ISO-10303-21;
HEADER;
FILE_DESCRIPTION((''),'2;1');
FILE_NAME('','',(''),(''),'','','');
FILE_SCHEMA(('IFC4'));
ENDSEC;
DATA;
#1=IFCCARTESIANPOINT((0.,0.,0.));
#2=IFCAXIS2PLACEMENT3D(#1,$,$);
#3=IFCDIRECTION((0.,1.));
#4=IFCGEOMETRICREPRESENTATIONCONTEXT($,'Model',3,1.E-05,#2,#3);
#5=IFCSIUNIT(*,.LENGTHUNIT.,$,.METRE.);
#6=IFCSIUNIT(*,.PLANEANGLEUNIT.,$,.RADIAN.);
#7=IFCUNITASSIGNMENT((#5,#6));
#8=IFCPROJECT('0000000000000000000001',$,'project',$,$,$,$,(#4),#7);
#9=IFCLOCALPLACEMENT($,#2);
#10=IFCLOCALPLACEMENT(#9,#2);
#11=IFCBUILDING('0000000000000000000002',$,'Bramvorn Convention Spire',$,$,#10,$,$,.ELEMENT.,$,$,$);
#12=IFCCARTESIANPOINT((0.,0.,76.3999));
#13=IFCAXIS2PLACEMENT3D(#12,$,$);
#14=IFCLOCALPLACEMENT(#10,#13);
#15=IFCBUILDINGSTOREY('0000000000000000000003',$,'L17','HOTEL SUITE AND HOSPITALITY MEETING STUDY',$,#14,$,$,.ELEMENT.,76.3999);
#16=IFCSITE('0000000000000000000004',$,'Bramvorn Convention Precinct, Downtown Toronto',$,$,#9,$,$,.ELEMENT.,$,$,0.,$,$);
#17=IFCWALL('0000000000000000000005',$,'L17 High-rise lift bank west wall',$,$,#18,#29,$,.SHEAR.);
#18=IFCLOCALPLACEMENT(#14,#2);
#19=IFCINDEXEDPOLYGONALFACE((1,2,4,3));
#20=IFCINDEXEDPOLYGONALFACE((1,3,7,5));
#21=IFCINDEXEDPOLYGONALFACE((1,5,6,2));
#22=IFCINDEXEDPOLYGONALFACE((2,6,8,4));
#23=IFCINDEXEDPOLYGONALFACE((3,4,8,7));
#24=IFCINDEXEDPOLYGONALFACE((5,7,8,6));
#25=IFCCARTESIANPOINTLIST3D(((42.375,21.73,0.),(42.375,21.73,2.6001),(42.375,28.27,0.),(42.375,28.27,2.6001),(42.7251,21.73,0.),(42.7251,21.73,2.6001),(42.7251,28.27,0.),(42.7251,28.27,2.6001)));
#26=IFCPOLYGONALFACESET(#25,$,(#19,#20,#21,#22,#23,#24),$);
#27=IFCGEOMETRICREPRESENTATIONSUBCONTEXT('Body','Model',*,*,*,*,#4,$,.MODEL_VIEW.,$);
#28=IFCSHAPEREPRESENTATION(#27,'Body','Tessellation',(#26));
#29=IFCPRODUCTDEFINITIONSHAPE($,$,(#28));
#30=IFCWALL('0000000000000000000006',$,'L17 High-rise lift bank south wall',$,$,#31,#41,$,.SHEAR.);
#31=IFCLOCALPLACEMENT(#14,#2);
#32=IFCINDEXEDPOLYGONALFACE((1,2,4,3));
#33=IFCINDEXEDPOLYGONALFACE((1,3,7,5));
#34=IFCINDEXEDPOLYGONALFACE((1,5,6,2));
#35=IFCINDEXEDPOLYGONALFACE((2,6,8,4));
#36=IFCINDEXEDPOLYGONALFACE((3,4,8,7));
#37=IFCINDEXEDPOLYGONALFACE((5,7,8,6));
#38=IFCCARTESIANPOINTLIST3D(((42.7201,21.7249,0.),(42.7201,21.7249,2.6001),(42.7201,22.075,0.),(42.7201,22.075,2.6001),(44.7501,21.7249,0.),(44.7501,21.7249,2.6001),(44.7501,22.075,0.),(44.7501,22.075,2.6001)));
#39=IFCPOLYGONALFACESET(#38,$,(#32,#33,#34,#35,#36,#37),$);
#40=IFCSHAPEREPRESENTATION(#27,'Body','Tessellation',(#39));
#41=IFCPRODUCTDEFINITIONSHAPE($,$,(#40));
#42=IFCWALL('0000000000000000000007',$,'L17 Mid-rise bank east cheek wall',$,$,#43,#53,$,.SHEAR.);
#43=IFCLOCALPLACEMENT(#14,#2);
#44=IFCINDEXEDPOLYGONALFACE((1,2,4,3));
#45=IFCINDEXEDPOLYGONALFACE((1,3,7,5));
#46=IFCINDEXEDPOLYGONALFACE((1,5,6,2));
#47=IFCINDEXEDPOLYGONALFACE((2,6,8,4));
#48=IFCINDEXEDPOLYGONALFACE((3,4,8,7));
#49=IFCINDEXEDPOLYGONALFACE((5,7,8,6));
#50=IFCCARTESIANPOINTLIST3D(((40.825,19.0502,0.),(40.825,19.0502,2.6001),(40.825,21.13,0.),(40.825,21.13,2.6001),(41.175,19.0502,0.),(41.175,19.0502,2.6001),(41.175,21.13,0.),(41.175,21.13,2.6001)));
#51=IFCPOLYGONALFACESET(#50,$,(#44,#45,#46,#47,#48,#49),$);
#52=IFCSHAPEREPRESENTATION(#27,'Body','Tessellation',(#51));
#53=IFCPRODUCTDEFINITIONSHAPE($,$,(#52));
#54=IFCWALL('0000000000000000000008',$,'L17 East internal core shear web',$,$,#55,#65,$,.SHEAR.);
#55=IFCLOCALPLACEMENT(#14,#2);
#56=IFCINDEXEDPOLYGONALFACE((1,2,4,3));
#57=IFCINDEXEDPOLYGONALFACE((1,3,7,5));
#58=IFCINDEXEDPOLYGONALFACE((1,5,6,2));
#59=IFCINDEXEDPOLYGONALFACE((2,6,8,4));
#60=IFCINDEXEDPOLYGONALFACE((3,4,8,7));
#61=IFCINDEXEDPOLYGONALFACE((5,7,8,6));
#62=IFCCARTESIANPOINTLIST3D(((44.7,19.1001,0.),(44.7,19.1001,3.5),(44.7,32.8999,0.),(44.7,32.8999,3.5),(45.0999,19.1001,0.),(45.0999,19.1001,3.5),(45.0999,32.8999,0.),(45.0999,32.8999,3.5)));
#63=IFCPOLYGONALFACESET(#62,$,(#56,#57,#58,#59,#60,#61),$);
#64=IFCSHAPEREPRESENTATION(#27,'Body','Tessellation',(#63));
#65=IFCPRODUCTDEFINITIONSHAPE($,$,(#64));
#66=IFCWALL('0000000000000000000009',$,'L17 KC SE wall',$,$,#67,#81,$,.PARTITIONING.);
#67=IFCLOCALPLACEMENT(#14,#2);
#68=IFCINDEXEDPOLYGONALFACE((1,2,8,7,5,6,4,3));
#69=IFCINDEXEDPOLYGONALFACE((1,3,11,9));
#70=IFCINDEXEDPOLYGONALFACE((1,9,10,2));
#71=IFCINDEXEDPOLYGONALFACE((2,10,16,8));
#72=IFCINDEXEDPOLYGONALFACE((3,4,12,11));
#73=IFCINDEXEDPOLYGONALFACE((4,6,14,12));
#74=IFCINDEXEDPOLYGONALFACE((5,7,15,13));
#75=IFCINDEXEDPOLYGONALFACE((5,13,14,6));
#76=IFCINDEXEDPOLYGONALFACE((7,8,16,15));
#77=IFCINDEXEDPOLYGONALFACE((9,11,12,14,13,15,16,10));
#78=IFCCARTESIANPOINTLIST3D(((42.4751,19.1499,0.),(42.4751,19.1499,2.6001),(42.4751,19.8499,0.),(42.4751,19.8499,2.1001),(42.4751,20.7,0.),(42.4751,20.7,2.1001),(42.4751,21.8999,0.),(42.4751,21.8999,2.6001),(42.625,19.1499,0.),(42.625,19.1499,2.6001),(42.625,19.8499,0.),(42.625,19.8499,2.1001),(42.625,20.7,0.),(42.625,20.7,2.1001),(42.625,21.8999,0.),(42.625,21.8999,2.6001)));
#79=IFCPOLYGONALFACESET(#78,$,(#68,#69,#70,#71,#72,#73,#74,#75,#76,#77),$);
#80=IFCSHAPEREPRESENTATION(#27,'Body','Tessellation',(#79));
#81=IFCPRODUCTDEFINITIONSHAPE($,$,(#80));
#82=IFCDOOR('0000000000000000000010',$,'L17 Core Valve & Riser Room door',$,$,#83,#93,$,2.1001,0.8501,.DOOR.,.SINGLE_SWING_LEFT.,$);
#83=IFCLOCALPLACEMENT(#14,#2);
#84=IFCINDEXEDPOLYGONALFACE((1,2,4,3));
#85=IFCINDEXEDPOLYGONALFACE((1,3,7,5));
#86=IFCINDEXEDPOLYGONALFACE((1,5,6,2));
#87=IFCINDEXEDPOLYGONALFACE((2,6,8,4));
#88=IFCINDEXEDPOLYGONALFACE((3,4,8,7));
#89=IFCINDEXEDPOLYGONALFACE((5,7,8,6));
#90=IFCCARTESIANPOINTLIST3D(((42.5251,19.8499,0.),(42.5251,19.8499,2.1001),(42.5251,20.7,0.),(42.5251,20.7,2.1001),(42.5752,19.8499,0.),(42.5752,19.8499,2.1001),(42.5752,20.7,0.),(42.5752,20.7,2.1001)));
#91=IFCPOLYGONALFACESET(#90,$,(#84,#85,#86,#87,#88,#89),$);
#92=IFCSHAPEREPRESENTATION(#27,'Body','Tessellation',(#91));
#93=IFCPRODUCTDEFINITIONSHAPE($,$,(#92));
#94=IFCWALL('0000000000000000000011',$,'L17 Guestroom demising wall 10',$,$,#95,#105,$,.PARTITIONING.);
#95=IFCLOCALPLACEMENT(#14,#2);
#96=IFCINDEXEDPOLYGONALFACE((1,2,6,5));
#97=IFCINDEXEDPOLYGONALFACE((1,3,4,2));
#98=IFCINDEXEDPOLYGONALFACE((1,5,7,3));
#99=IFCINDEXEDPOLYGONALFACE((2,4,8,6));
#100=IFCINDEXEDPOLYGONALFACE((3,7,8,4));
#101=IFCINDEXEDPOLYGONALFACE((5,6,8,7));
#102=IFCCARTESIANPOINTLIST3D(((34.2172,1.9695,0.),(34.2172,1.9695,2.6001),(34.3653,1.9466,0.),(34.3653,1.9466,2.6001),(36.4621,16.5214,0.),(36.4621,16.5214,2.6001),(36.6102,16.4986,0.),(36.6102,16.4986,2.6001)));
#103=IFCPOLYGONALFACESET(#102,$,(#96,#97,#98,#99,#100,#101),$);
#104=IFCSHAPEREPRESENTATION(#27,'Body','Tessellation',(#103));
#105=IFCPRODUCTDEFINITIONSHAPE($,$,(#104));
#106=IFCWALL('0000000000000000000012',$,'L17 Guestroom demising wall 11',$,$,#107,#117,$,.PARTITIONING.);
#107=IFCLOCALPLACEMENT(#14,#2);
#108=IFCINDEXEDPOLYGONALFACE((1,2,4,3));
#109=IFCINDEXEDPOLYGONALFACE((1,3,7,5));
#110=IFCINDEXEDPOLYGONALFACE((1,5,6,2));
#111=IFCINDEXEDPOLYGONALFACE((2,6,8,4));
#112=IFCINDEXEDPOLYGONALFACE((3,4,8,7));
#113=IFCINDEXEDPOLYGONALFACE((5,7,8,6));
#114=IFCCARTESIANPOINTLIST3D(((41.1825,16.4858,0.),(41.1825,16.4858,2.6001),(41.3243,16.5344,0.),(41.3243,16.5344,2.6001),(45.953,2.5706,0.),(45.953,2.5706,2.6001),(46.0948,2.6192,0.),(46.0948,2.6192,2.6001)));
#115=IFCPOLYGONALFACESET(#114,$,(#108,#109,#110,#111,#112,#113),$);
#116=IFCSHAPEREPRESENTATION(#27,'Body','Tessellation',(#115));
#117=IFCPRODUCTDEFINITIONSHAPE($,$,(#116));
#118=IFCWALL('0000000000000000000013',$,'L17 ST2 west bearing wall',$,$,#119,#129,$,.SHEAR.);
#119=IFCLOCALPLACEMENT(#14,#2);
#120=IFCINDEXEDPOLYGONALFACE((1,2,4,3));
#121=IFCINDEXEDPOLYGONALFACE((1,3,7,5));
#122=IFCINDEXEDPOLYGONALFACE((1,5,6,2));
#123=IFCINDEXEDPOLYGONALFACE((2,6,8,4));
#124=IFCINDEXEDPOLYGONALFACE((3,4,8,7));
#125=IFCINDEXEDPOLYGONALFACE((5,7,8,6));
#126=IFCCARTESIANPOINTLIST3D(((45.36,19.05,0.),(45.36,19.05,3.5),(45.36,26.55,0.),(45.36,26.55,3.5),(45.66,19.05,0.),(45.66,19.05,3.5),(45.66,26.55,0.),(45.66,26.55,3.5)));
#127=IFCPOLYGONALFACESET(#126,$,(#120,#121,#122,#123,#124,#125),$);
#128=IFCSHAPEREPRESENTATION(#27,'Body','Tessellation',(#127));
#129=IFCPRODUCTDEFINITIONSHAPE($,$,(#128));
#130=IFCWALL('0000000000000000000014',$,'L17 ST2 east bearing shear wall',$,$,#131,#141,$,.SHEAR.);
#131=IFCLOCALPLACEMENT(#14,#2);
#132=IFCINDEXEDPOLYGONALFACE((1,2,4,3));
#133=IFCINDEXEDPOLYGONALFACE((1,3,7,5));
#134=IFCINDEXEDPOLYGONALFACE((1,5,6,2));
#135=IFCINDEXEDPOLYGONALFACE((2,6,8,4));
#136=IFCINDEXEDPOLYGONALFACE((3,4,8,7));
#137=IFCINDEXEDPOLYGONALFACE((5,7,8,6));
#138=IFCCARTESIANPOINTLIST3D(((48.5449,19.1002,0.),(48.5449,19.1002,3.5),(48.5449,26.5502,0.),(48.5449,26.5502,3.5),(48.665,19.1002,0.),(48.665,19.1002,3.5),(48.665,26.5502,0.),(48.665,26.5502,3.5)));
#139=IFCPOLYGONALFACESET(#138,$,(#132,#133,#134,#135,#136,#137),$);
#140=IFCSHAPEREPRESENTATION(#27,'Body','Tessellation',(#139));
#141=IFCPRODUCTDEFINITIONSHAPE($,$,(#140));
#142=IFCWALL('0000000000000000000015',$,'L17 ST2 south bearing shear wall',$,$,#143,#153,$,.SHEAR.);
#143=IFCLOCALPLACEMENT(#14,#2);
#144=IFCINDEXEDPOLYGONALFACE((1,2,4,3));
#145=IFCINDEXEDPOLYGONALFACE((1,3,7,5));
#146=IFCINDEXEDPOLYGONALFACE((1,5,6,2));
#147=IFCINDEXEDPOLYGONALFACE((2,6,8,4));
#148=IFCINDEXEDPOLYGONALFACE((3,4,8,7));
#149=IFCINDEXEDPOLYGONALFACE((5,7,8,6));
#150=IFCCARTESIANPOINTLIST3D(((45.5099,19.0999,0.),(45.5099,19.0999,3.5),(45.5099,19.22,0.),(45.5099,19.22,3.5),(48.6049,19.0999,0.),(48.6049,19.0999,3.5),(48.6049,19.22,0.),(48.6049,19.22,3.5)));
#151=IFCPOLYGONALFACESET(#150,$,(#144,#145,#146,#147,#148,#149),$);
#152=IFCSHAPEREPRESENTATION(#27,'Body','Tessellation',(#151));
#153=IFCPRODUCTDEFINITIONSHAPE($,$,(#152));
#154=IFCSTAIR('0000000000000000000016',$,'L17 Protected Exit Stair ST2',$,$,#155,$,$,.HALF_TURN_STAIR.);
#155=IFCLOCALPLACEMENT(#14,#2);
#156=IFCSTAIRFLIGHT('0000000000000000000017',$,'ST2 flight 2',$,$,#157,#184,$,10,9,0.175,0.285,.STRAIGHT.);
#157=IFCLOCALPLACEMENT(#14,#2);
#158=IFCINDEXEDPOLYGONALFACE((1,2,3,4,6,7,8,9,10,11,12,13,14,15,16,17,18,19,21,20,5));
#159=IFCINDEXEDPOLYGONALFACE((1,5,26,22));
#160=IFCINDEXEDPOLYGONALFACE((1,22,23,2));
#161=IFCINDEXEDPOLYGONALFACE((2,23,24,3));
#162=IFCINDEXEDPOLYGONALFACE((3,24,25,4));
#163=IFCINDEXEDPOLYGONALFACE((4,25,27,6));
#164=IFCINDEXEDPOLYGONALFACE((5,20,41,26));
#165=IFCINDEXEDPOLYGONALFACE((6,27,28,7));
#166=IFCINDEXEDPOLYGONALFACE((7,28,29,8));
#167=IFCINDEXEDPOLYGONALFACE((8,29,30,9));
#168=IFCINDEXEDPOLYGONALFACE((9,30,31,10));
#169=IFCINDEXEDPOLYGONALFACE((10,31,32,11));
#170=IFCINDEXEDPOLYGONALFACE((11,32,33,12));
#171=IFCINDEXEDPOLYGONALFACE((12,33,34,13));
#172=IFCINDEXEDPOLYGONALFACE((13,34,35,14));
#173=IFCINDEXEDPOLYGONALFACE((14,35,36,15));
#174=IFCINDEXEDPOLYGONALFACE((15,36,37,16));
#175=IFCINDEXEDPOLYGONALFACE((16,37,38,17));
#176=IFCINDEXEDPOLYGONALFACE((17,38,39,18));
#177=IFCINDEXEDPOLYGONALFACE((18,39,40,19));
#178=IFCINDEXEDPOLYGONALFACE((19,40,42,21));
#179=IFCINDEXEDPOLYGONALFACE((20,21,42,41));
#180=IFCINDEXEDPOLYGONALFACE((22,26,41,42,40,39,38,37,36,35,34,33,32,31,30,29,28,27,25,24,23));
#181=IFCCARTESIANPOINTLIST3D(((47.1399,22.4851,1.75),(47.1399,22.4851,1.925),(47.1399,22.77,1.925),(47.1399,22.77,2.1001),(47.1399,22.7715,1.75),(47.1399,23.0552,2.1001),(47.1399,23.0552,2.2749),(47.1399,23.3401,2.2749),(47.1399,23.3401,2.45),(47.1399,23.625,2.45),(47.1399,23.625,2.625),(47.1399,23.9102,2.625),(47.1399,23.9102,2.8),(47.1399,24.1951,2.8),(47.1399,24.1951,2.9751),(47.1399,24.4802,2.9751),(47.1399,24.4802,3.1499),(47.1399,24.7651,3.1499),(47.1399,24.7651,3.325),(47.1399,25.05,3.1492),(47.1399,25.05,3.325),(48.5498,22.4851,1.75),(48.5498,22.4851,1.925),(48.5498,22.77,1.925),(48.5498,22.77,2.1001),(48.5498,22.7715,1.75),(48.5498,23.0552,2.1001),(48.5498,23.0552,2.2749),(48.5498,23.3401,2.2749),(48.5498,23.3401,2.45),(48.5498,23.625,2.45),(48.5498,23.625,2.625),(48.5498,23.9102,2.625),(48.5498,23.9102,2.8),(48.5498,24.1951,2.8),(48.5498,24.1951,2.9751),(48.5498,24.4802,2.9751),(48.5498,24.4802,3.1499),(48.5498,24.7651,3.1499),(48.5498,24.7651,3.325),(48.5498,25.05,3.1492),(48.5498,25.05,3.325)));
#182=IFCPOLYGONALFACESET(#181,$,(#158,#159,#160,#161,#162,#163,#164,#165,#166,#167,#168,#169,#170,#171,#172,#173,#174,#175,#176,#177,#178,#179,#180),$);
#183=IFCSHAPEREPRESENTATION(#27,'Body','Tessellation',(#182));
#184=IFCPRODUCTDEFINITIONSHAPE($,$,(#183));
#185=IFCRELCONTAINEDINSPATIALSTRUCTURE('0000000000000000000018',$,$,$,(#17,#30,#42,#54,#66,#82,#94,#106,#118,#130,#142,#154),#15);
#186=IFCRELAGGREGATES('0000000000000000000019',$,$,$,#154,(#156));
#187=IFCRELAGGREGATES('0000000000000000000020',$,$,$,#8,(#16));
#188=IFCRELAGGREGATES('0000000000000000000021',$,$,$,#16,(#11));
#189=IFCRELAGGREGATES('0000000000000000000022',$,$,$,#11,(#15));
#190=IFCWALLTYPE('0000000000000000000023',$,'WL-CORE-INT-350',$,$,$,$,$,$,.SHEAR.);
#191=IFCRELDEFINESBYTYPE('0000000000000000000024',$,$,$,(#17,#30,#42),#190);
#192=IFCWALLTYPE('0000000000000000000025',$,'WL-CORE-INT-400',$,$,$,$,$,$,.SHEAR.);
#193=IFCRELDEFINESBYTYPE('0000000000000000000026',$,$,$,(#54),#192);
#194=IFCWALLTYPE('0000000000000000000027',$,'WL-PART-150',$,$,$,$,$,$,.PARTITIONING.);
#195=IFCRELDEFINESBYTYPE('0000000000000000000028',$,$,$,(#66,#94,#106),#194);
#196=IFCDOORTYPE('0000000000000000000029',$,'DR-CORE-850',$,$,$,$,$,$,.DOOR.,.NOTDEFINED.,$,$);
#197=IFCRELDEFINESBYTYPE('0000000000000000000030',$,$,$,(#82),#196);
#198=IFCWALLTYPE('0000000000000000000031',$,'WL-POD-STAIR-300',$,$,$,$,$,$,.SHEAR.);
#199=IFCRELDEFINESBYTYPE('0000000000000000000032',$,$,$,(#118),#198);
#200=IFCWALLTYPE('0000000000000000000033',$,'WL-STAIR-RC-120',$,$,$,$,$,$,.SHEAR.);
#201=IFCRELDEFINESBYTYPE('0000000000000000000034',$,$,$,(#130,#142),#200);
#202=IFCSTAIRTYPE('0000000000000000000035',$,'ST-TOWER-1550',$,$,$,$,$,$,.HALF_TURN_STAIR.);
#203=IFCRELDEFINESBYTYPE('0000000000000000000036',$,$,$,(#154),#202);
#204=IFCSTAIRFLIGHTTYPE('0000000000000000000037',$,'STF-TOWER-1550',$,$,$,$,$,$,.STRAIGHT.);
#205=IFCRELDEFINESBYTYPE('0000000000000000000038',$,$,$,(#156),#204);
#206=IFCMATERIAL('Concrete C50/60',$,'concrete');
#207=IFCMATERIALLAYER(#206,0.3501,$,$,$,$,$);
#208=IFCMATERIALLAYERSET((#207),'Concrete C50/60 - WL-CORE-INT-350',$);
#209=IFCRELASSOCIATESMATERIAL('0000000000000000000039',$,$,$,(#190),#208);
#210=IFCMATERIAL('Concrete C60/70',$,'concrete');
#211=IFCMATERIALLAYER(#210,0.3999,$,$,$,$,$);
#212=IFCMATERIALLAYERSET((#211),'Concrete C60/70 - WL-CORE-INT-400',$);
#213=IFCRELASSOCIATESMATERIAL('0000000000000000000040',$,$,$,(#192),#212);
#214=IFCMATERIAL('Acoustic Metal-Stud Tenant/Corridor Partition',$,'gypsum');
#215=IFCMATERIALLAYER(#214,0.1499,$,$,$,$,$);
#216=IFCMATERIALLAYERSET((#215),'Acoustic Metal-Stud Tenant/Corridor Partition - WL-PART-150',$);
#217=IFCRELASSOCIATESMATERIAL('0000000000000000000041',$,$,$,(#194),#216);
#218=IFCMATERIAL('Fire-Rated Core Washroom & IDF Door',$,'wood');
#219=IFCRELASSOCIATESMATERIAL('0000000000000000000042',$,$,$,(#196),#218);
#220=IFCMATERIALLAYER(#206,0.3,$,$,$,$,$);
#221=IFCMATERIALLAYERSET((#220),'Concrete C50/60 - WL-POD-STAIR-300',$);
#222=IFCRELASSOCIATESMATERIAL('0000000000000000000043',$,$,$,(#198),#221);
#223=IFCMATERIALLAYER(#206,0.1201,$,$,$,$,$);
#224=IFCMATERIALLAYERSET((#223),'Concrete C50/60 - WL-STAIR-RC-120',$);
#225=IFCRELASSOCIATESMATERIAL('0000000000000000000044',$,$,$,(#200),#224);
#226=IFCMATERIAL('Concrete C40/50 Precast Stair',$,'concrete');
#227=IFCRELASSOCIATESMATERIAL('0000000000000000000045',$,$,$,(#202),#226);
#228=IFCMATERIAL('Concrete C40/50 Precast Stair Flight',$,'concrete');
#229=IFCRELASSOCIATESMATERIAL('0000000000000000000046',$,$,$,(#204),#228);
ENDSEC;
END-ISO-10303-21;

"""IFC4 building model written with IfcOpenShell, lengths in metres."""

from ifc_helpers import new_model, si_unit, direction, frame, frame_2d, origin, place, context, subcontext, project, spatial, polyline, rectangle, outline, extrude, material, layer, layer_set, type_object, element, fill, aggregate, save


model = new_model("IFC4")

# Units and contexts
model_context = context("Model", 3, precision=1e-05, world=origin(), true_north=direction((0.0, 1.0)))
body_context = subcontext(model_context, "Body", "Model", "MODEL_VIEW")
ifc_project = project(units=[si_unit("LENGTHUNIT", "METRE"), si_unit("PLANEANGLEUNIT", "RADIAN")], contexts=[model_context])

# Site, building, storey
site_placement = place(None, origin())
site = spatial("IfcSite", under=ifc_project, at=site_placement, Name="Bramvorn Convention Precinct, Downtown Toronto", CompositionType="ELEMENT", RefElevation=0.0)
building_placement = place(site_placement, origin())
building = spatial("IfcBuilding", under=site, at=building_placement, Name="Bramvorn Convention Spire", CompositionType="ELEMENT")
storey_placement = place(building_placement, frame((0.0, 0.0, 76.3999)))
storey = spatial("IfcBuildingStorey", under=building, at=storey_placement, Name="L17", Description="HOTEL SUITE AND HOSPITALITY MEETING STUDY", CompositionType="ELEMENT", Elevation=76.3999)

# Walls
ifc_material_1 = material(Name="Concrete C50/60", Category="concrete")
ifc_layer_1 = layer(ifc_material_1, 0.3501)
ifc_layer_set_1 = layer_set([ifc_layer_1], Name="Concrete C50/60 - WL-CORE-INT-350")
wall_type_1 = type_object("IfcWallType", Name="WL-CORE-INT-350", PredefinedType="SHEAR", material=ifc_layer_set_1)
wall_1_placement = place(storey_placement, frame((42.55, 21.73, 0.0), z_axis=(0.0, 0.0, 1.0), x_axis=(0.0, 1.0, 0.0)))
element("IfcWall", 1, at=wall_1_placement, inside=storey, type_object=wall_type_1, Name="L17 High-rise lift bank west wall", PredefinedType="SHEAR", context=body_context, shape_type="SweptSolid", body=[
    extrude(rectangle(XDim=6.54, YDim=0.3501, at=frame_2d((3.27, 0.0))), origin(), (0.0, 0.0, 1.0), 2.6001),
])
wall_2_placement = place(storey_placement, frame((42.72, 21.8999, 0.0), z_axis=(0.0, 0.0, 1.0), x_axis=(1.0, 0.0, 0.0)))
element("IfcWall", 2, at=wall_2_placement, inside=storey, type_object=wall_type_1, Name="L17 High-rise lift bank south wall", PredefinedType="SHEAR", context=body_context, shape_type="SweptSolid", body=[
    extrude(rectangle(XDim=2.03, YDim=0.3501, at=frame_2d((1.0151, 0.0))), origin(), (0.0, 0.0, 1.0), 2.6001),
])
wall_3_placement = place(storey_placement, frame((41.0, 19.05, 0.0), z_axis=(0.0, 0.0, 1.0), x_axis=(0.0, 1.0, 0.0)))
element("IfcWall", 3, at=wall_3_placement, inside=storey, type_object=wall_type_1, Name="L17 Mid-rise bank east cheek wall", PredefinedType="SHEAR", context=body_context, shape_type="SweptSolid", body=[
    extrude(rectangle(XDim=2.0798, YDim=0.3501, at=frame_2d((1.04, 0.0))), origin(), (0.0, 0.0, 1.0), 2.6001),
])
ifc_material_2 = material(Name="Concrete C60/70", Category="concrete")
ifc_layer_2 = layer(ifc_material_2, 0.3999)
ifc_layer_set_2 = layer_set([ifc_layer_2], Name="Concrete C60/70 - WL-CORE-INT-400")
wall_type_2 = type_object("IfcWallType", Name="WL-CORE-INT-400", PredefinedType="SHEAR", material=ifc_layer_set_2)
wall_4_placement = place(storey_placement, frame((44.8999, 19.1001, 0.0), z_axis=(0.0, 0.0, 1.0), x_axis=(0.0, 1.0, 0.0)))
element("IfcWall", 4, at=wall_4_placement, inside=storey, type_object=wall_type_2, Name="L17 East internal core shear web", PredefinedType="SHEAR", context=body_context, shape_type="SweptSolid", body=[
    extrude(rectangle(XDim=13.7998, YDim=0.3999, at=frame_2d((6.8999, 0.0))), origin(), (0.0, 0.0, 1.0), 3.5),
])

# Wall, opening, door
ifc_material_3 = material(Name="Acoustic Metal-Stud Tenant/Corridor Partition", Category="gypsum")
ifc_layer_3 = layer(ifc_material_3, 0.1499)
ifc_layer_set_3 = layer_set([ifc_layer_3], Name="Acoustic Metal-Stud Tenant/Corridor Partition - WL-PART-150")
wall_type_3 = type_object("IfcWallType", Name="WL-PART-150", PredefinedType="PARTITIONING", material=ifc_layer_set_3)
wall_5_placement = place(storey_placement, frame((42.55, 19.1499, 0.0), z_axis=(0.0, 0.0, 1.0), x_axis=(0.0, 1.0, 0.0)))
wall_5 = element("IfcWall", 5, at=wall_5_placement, inside=storey, type_object=wall_type_3, Name="L17 KC SE wall", PredefinedType="PARTITIONING", context=body_context, shape_type="SweptSolid", body=[
    extrude(rectangle(XDim=2.75, YDim=0.1499, at=frame_2d((1.375, 0.0))), origin(), (0.0, 0.0, 1.0), 2.6001),
])
opening_placement = place(wall_5_placement, frame((0.7, 0.0, 0.0)))
opening = element("IfcOpeningElement", 6, at=opening_placement, cuts=wall_5, PredefinedType="OPENING", context=body_context, shape_type="SweptSolid", body=[
    extrude(rectangle(XDim=0.8501, YDim=2.1001, at=frame_2d((0.425, 1.05))), frame((0.0, 0.085, 0.0), z_axis=(0.0, -1.0, 0.0), x_axis=(1.0, 0.0, 0.0)), (0.0, 0.0, 1.0), 0.1699),
])
ifc_material_4 = material(Name="Fire-Rated Core Washroom & IDF Door", Category="wood")
door_type = type_object("IfcDoorType", Name="DR-CORE-850", OperationType="NOTDEFINED", PredefinedType="DOOR", material=ifc_material_4)
door_placement = place(opening_placement, origin())
door = element("IfcDoor", 7, at=door_placement, inside=storey, type_object=door_type, Name="L17 Core Valve & Riser Room door", OperationType="SINGLE_SWING_LEFT", OverallHeight=2.1001, OverallWidth=0.8501, PredefinedType="DOOR", context=body_context, shape_type="SweptSolid", body=[
    extrude(rectangle(XDim=0.8501, YDim=2.1001, at=frame_2d((0.425, 1.05))), frame((0.0, 0.0249, 0.0), z_axis=(0.0, -1.0, 0.0), x_axis=(1.0, 0.0, 0.0)), (0.0, 0.0, 1.0), 0.05),
])
fill(opening, door)

# Walls
wall_6_placement = place(storey_placement, frame((36.5361, 16.51, 0.0), z_axis=(0.0, 0.0, 1.0), x_axis=(-0.152462, -0.988309, 0.0)))
element("IfcWall", 8, at=wall_6_placement, inside=storey, type_object=wall_type_3, Name="L17 Guestroom demising wall 10", PredefinedType="PARTITIONING", context=body_context, shape_type="SweptSolid", body=[
    extrude(rectangle(XDim=14.7241, YDim=0.1499, at=frame_2d((7.3621, 0.0))), origin(), (0.0, 0.0, 1.0), 2.6001),
])
wall_7_placement = place(storey_placement, frame((41.2534, 16.51, 0.0), z_axis=(0.0, 0.0, 1.0), x_axis=(0.324297, -0.945955, 0.0)))
element("IfcWall", 9, at=wall_7_placement, inside=storey, type_object=wall_type_3, Name="L17 Guestroom demising wall 11", PredefinedType="PARTITIONING", context=body_context, shape_type="SweptSolid", body=[
    extrude(rectangle(XDim=14.7102, YDim=0.1499, at=frame_2d((7.355, 0.0))), origin(), (0.0, 0.0, 1.0), 2.6001),
])
ifc_layer_4 = layer(ifc_material_1, 0.3)
ifc_layer_set_4 = layer_set([ifc_layer_4], Name="Concrete C50/60 - WL-POD-STAIR-300")
wall_type_4 = type_object("IfcWallType", Name="WL-POD-STAIR-300", PredefinedType="SHEAR", material=ifc_layer_set_4)
wall_8_placement = place(storey_placement, frame((45.51, 19.05, 0.0), z_axis=(0.0, 0.0, 1.0), x_axis=(0.0, 1.0, 0.0)))
element("IfcWall", 10, at=wall_8_placement, inside=storey, type_object=wall_type_4, Name="L17 ST2 west bearing wall", PredefinedType="SHEAR", context=body_context, shape_type="SweptSolid", body=[
    extrude(rectangle(XDim=7.5, YDim=0.3, at=frame_2d((3.75, 0.0))), origin(), (0.0, 0.0, 1.0), 3.5),
])
ifc_layer_5 = layer(ifc_material_1, 0.1201)
ifc_layer_set_5 = layer_set([ifc_layer_5], Name="Concrete C50/60 - WL-STAIR-RC-120")
wall_type_5 = type_object("IfcWallType", Name="WL-STAIR-RC-120", PredefinedType="SHEAR", material=ifc_layer_set_5)
wall_9_placement = place(storey_placement, frame((48.605, 19.1001, 0.0), z_axis=(0.0, 0.0, 1.0), x_axis=(0.0, 1.0, 0.0)))
element("IfcWall", 11, at=wall_9_placement, inside=storey, type_object=wall_type_5, Name="L17 ST2 east bearing shear wall", PredefinedType="SHEAR", context=body_context, shape_type="SweptSolid", body=[
    extrude(rectangle(XDim=7.45, YDim=0.1201, at=frame_2d((3.7251, 0.0))), origin(), (0.0, 0.0, 1.0), 3.5),
])
wall_10_placement = place(storey_placement, frame((45.51, 19.1599, 0.0), z_axis=(0.0, 0.0, 1.0), x_axis=(1.0, 0.0, 0.0)))
element("IfcWall", 12, at=wall_10_placement, inside=storey, type_object=wall_type_5, Name="L17 ST2 south bearing shear wall", PredefinedType="SHEAR", context=body_context, shape_type="SweptSolid", body=[
    extrude(rectangle(XDim=3.095, YDim=0.1201, at=frame_2d((1.5474, 0.0))), origin(), (0.0, 0.0, 1.0), 3.5),
])

# Stair, stair flight
ifc_material_5 = material(Name="Concrete C40/50 Precast Stair", Category="concrete")
stair_type = type_object("IfcStairType", Name="ST-TOWER-1550", PredefinedType="HALF_TURN_STAIR", material=ifc_material_5)
stair_placement = place(storey_placement, origin())
stair = element("IfcStair", 13, at=stair_placement, inside=storey, type_object=stair_type, Name="L17 Protected Exit Stair ST2", PredefinedType="HALF_TURN_STAIR")
ifc_material_6 = material(Name="Concrete C40/50 Precast Stair Flight", Category="concrete")
stair_flight_type = type_object("IfcStairFlightType", Name="STF-TOWER-1550", PredefinedType="STRAIGHT", material=ifc_material_6)
stair_flight_placement = place(storey_placement, frame((47.845, 22.4851, 1.75), z_axis=(0.0, 0.0, 1.0), x_axis=(0.0, 1.0, 0.0)))
stair_flight = element("IfcStairFlight", 14, at=stair_flight_placement, type_object=stair_flight_type, Name="ST2 flight 2", NumberOfRisers=10, NumberOfTreads=9, PredefinedType="STRAIGHT", RiserHeight=0.175, TreadLength=0.285, context=body_context, shape_type="SweptSolid", body=[
    extrude(outline(polyline([(0.0, 0.0), (0.0, 0.175), (0.2849, 0.175), (0.2849, 0.3501), (0.5701, 0.3501), (0.5701, 0.5249), (0.855, 0.5249), (0.855, 0.7), (1.1399, 0.7), (1.1399, 0.875), (1.425, 0.875), (1.425, 1.05), (1.71, 1.05), (1.71, 1.2251), (1.9951, 1.2251), (1.9951, 1.3999), (2.28, 1.3999), (2.28, 1.575), (2.5649, 1.575), (2.5649, 1.75), (2.5649, 1.3992), (0.2864, 0.0), (0.0, 0.0)])), frame((0.0, 0.7051, 0.0), z_axis=(0.0, -1.0, 0.0), x_axis=(1.0, 0.0, 0.0)), (0.0, 0.0, 1.0), 1.4099),
])
aggregate(stair, [stair_flight])

save(model, "model.ifc")
